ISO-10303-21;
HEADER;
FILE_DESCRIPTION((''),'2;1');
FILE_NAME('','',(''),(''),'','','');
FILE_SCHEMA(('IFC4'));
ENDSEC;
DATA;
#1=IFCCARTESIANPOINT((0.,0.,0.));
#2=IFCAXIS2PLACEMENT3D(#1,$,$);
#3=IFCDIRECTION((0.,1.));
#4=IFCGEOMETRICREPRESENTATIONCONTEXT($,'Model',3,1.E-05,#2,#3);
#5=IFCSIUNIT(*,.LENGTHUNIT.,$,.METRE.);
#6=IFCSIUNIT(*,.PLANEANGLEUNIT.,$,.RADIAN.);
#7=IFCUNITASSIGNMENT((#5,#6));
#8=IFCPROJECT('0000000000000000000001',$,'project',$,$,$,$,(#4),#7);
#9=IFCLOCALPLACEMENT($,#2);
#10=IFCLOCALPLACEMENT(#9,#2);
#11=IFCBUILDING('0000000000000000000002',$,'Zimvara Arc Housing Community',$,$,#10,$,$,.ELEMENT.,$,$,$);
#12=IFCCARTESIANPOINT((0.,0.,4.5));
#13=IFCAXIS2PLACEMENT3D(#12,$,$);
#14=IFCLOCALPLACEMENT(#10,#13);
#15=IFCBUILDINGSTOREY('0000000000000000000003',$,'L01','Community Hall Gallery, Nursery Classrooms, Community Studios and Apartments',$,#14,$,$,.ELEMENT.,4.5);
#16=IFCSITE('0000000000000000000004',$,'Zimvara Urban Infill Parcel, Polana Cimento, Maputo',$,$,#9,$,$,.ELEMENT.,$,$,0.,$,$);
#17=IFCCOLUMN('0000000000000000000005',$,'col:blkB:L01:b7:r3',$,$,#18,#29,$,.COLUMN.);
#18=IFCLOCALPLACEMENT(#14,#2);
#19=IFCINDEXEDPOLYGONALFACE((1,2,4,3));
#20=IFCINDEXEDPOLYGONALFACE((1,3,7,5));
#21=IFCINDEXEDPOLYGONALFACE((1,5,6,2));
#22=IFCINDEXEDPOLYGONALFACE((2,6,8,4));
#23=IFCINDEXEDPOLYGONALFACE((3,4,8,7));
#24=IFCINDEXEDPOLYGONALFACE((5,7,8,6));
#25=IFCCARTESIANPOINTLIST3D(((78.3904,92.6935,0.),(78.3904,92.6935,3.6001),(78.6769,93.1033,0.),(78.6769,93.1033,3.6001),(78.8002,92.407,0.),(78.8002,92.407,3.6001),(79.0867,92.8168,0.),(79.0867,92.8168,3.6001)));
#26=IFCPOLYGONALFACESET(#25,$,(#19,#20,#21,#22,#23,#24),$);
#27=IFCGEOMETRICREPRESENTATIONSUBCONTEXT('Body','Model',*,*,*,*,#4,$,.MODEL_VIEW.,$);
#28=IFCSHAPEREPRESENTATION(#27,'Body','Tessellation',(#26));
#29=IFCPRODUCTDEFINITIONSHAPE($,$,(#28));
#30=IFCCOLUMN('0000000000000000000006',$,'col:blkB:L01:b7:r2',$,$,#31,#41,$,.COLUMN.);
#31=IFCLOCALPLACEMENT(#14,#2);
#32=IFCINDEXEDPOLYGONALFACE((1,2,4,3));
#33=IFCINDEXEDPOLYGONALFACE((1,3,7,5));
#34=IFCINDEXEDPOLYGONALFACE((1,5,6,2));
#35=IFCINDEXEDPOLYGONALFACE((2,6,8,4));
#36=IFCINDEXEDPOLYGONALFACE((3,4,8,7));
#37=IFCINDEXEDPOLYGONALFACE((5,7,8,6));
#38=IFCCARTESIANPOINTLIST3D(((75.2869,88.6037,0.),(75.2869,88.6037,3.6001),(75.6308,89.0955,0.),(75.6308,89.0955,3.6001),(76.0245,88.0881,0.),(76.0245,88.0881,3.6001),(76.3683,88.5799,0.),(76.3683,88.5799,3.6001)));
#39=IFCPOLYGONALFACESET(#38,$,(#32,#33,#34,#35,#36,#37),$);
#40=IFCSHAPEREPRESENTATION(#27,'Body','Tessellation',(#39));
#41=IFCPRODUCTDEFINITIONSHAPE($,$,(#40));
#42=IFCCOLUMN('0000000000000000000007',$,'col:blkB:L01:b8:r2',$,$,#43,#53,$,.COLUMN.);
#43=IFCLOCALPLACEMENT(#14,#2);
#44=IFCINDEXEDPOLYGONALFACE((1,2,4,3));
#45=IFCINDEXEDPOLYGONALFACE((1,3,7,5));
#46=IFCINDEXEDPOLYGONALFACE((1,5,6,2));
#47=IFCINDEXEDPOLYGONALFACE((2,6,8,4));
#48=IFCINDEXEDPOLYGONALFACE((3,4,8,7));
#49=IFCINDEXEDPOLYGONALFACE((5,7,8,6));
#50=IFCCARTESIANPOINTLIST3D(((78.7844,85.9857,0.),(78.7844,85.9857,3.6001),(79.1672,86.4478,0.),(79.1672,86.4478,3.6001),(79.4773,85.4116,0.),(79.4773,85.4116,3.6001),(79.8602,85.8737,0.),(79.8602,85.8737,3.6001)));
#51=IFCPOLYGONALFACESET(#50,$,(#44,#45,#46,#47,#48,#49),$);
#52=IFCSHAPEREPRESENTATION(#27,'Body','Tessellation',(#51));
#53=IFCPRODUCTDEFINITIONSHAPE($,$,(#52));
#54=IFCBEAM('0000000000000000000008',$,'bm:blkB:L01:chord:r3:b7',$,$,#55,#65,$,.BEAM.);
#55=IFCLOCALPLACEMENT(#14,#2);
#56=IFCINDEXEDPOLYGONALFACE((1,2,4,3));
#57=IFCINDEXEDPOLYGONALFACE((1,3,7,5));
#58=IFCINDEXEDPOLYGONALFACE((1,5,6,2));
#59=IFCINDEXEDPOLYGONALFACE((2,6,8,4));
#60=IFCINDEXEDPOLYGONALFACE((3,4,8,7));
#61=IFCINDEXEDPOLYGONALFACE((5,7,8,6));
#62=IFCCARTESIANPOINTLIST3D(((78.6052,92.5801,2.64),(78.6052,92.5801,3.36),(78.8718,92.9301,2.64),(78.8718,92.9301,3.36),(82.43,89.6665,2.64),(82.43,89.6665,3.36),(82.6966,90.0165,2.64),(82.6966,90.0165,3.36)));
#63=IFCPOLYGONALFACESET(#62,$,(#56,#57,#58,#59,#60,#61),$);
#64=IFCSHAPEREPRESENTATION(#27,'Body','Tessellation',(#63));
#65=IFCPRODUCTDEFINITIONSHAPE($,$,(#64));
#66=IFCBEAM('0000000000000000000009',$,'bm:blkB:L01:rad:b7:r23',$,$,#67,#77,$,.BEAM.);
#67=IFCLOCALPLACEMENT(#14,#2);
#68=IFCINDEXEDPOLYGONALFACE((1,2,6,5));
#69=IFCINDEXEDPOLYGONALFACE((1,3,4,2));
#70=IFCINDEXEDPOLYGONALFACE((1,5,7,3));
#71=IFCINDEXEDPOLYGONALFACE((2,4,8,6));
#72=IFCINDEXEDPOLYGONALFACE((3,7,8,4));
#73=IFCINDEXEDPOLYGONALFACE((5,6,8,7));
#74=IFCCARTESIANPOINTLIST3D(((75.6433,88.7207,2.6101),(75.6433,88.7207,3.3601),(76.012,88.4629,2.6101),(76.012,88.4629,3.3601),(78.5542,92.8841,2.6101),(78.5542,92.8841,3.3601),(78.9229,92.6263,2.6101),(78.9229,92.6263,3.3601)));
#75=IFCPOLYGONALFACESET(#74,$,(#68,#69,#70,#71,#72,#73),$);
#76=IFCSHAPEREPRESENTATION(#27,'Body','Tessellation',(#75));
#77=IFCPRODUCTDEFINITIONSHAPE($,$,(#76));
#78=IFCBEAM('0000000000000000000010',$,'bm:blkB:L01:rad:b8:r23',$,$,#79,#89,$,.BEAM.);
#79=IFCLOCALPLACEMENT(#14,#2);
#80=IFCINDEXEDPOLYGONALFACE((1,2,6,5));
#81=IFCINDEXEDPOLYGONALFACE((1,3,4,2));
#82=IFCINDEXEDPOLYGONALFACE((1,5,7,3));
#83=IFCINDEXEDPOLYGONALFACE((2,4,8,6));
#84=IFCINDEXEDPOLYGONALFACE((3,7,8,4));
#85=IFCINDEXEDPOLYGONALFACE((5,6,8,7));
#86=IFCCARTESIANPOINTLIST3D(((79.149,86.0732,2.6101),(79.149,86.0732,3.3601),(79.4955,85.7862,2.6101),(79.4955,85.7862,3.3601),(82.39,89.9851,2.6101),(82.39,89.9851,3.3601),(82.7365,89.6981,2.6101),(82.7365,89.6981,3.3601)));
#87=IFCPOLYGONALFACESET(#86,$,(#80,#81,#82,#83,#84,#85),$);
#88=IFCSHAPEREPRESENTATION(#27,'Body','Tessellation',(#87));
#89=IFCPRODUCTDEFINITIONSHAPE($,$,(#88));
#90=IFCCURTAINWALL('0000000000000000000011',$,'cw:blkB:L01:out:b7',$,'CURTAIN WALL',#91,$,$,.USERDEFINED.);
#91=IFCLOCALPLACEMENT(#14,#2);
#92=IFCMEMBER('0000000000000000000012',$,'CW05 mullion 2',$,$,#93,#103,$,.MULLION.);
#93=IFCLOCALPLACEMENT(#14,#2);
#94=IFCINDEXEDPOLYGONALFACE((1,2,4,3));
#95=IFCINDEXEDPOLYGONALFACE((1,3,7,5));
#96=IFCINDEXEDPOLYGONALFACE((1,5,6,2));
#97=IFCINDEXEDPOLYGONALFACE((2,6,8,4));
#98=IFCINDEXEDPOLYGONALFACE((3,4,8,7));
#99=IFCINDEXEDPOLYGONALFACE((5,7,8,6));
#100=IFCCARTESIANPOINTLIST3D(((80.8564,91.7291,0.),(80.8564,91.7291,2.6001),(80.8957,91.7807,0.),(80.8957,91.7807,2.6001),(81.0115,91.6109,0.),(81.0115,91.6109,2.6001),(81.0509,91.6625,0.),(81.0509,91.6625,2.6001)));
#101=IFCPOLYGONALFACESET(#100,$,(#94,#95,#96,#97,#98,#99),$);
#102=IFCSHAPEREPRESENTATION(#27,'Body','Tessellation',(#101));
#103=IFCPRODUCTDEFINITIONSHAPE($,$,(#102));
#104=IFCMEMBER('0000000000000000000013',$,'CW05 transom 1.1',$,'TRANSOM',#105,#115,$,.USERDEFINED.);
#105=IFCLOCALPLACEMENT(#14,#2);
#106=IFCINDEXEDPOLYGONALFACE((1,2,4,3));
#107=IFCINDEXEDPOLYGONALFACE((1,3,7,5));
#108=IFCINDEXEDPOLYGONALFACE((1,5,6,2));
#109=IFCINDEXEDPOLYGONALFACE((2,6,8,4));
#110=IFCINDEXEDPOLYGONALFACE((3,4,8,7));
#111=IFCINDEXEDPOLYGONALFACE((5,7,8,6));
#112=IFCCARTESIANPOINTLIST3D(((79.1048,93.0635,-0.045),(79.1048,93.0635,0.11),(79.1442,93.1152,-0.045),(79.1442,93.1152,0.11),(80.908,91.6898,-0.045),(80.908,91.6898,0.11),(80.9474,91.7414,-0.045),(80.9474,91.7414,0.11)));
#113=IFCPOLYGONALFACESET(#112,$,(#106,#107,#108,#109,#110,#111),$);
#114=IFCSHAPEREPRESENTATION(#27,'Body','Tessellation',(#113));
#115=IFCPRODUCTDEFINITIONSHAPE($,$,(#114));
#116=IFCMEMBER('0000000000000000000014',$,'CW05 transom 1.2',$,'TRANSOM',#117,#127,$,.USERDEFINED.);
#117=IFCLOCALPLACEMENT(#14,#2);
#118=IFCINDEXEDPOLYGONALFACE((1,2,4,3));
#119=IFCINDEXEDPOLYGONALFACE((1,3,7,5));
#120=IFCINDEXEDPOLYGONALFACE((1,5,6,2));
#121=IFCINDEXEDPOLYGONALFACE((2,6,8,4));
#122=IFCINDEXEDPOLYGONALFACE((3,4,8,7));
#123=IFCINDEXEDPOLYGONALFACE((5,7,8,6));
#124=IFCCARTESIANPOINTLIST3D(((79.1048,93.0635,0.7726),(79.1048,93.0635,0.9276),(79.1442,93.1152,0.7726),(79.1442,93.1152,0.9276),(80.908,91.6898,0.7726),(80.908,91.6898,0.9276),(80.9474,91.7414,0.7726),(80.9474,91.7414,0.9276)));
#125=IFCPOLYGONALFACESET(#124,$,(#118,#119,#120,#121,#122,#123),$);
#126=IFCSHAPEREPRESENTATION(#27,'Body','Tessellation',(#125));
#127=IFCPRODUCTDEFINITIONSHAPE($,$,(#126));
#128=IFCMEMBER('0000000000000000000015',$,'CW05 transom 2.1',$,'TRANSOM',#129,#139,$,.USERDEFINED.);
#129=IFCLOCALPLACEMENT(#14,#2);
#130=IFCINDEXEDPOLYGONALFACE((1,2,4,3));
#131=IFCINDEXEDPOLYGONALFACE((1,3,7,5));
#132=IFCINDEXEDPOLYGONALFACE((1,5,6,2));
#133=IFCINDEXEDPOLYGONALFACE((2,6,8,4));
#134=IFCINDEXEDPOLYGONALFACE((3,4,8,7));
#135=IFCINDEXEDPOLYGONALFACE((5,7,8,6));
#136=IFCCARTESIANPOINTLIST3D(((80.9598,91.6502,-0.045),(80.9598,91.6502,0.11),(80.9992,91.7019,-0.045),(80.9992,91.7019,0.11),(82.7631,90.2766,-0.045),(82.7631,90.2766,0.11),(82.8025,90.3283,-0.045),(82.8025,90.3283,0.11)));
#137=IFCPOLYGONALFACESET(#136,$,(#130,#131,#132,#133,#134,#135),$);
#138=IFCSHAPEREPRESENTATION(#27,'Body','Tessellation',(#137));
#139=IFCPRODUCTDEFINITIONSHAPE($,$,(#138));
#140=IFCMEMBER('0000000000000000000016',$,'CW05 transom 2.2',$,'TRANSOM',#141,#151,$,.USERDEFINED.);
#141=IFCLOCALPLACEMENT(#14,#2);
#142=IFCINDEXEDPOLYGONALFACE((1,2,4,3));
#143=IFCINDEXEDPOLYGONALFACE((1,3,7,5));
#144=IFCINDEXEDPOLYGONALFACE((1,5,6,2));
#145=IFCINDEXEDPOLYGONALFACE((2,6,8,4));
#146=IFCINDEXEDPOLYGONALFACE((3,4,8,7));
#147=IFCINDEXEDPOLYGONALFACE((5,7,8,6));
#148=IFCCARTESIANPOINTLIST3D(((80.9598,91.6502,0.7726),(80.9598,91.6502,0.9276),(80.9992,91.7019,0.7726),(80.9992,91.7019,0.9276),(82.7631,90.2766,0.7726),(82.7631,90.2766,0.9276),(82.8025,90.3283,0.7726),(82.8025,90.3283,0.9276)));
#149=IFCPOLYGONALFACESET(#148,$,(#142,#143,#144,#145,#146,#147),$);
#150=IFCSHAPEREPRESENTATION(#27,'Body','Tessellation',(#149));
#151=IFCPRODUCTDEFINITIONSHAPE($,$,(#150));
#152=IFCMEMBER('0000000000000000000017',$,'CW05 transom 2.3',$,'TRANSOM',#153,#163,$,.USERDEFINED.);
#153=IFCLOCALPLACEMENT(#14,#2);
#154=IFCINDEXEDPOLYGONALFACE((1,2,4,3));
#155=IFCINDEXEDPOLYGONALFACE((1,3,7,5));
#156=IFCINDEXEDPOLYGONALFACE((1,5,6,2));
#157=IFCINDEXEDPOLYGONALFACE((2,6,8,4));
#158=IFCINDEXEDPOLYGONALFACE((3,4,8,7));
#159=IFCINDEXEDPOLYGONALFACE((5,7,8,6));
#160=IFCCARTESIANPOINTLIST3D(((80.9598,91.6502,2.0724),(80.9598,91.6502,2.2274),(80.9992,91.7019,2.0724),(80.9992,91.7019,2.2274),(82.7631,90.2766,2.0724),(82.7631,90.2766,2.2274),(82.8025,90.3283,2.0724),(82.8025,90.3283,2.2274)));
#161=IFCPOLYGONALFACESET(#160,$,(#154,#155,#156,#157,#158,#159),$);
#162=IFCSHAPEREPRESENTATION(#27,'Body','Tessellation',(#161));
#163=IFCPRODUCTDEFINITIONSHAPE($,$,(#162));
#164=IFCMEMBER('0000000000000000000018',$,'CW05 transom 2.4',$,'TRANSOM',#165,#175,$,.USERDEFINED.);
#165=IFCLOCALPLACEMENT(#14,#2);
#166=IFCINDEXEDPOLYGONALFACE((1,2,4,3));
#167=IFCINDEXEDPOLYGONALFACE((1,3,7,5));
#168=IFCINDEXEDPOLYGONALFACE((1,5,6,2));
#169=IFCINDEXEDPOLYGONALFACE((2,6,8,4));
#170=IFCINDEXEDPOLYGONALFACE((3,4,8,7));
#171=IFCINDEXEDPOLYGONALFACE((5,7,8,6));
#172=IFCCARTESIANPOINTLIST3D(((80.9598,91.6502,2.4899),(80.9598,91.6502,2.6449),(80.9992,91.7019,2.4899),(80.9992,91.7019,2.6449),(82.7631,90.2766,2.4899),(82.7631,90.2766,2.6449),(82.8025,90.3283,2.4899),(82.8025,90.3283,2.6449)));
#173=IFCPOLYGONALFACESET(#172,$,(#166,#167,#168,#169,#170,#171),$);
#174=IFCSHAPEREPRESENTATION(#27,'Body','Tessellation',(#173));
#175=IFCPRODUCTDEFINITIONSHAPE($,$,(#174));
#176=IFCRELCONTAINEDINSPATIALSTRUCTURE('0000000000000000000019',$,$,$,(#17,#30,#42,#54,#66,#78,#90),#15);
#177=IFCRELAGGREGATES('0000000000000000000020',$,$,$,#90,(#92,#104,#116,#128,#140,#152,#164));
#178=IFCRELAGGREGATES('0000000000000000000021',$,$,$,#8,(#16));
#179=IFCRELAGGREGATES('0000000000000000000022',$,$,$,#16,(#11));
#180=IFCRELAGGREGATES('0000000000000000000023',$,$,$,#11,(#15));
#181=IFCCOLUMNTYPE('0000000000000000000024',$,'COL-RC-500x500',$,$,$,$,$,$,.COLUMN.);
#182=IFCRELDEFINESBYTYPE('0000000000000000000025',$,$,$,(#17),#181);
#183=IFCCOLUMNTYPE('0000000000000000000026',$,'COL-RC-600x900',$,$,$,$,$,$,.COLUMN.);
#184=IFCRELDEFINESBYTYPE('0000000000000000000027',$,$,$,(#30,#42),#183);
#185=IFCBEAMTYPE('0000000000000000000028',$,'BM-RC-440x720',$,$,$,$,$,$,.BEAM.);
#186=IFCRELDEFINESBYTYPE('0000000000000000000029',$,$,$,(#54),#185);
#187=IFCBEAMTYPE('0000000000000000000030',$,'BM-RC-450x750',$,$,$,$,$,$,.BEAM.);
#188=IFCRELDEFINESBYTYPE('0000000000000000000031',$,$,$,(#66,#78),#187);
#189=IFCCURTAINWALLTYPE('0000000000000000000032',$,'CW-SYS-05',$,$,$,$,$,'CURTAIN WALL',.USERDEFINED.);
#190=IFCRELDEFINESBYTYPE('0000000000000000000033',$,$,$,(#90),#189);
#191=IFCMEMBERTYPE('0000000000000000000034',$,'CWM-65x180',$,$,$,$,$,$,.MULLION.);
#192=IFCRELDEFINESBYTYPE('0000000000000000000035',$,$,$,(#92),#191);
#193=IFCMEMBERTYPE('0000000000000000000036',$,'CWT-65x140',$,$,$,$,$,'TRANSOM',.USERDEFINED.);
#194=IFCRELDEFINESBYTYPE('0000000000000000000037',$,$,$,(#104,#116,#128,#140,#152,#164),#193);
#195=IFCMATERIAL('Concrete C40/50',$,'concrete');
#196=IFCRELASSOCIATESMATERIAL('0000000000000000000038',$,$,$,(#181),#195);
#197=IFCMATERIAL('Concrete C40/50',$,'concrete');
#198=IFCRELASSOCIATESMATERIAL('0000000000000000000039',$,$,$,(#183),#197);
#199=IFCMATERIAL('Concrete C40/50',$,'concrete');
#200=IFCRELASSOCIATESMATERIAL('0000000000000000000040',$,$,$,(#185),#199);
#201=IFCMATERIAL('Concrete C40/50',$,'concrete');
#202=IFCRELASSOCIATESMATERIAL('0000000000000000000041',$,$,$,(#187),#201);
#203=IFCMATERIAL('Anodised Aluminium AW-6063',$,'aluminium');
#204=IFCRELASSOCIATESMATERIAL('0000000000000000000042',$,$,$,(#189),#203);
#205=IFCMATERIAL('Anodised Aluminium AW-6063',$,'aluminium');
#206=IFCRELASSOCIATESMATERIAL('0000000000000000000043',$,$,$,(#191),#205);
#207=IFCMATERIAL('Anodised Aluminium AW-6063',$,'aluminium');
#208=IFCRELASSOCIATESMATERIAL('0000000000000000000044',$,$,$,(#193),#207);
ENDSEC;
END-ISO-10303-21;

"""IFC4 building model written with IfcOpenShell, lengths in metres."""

from ifc_helpers import new_model, si_unit, direction, frame, origin, origin_2d, place, context, subcontext, project, spatial, rectangle, extrude, material, material_profile, profile_set, type_object, element, aggregate, save


model = new_model("IFC4")

# Units and contexts
model_context = context("Model", 3, precision=1e-05, world=origin(), true_north=direction((0.0, 1.0)))
body_context = subcontext(model_context, "Body", "Model", "MODEL_VIEW")
ifc_project = project(units=[si_unit("LENGTHUNIT", "METRE"), si_unit("PLANEANGLEUNIT", "RADIAN")], contexts=[model_context])

# Site, building, storey
site_placement = place(None, origin())
site = spatial("IfcSite", under=ifc_project, at=site_placement, Name="Zimvara Urban Infill Parcel, Polana Cimento, Maputo", CompositionType="ELEMENT", RefElevation=0.0)
building_placement = place(site_placement, origin())
building = spatial("IfcBuilding", under=site, at=building_placement, Name="Zimvara Arc Housing Community", CompositionType="ELEMENT")
storey_placement = place(building_placement, frame((0.0, 0.0, 4.5)))
storey = spatial("IfcBuildingStorey", under=building, at=storey_placement, Name="L01", Description="Community Hall Gallery, Nursery Classrooms, Community Studios and Apartments", CompositionType="ELEMENT", Elevation=4.5)

# Columns
ifc_material_1 = material(Name="Concrete C40/50", Category="concrete")
ifc_material_profile_1 = material_profile(ifc_material_1, rectangle(XDim=0.5, YDim=0.5, at=origin_2d()), Name="RC 500x500")
ifc_profile_set_1 = profile_set([ifc_material_profile_1], Name="Concrete C40/50")
column_type_1 = type_object("IfcColumnType", Name="COL-RC-500x500", PredefinedType="COLUMN", material=ifc_profile_set_1)
column_placement = place(storey_placement, frame((78.7385, 92.7551, 0.0), z_axis=(0.0, 0.0, 1.0), x_axis=(0.573004, 0.819552, 0.0)))
element("IfcColumn", 1, at=column_placement, inside=storey, type_object=column_type_1, Name="col:blkB:L01:b7:r3", PredefinedType="COLUMN", context=body_context, shape_type="SweptSolid", body=[
    extrude(rectangle(XDim=0.5, YDim=0.5, at=origin_2d()), origin(), (0.0, 0.0, 1.0), 3.6001),
])
ifc_material_2 = material(Name="Concrete C40/50", Category="concrete")
ifc_material_profile_2 = material_profile(ifc_material_2, rectangle(XDim=0.6001, YDim=0.8999, at=origin_2d()), Name="RC 600x900")
ifc_profile_set_2 = profile_set([ifc_material_profile_2], Name="Concrete C40/50")
column_type_2 = type_object("IfcColumnType", Name="COL-RC-600x900", PredefinedType="COLUMN", material=ifc_profile_set_2)
for number, where, z_axis, x_axis, name in (
    (2, (75.8276, 88.5918, 0.0), (0.0, 0.0, 1.0), (0.573004, 0.819552, 0.0), "col:blkB:L01:b7:r2"),
    (3, (79.3223, 85.9297, 0.0), (0.0, 0.0, 1.0), (0.637962, 0.770068, 0.0), "col:blkB:L01:b8:r2"),
):
    element("IfcColumn", number, at=place(storey_placement, frame(where, z_axis=z_axis, x_axis=x_axis)), inside=storey, type_object=column_type_2, Name=name, PredefinedType="COLUMN", context=body_context, shape_type="SweptSolid", body=[
        extrude(rectangle(XDim=0.6001, YDim=0.8999, at=origin_2d()), origin(), (0.0, 0.0, 1.0), 3.6001),
    ])

# Beams
ifc_material_3 = material(Name="Concrete C40/50", Category="concrete")
ifc_material_profile_3 = material_profile(ifc_material_3, rectangle(XDim=0.4399, YDim=0.72, at=origin_2d()), Name="RC 440x720")
ifc_profile_set_3 = profile_set([ifc_material_profile_3], Name="Concrete C40/50")
beam_type_1 = type_object("IfcBeamType", Name="BM-RC-440x720", PredefinedType="BEAM", material=ifc_profile_set_3)
beam_placement = place(storey_placement, frame((78.7385, 92.7551, 3.0), z_axis=(0.795481, -0.605979, 0.0), x_axis=(0.605979, 0.795481, 0.0)))
element("IfcBeam", 4, at=beam_placement, inside=storey, type_object=beam_type_1, Name="bm:blkB:L01:chord:r3:b7", PredefinedType="BEAM", context=body_context, shape_type="SweptSolid", body=[
    extrude(rectangle(XDim=0.4399, YDim=0.72, at=origin_2d()), origin(), (0.0, 0.0, 1.0), 4.8081),
])
ifc_material_4 = material(Name="Concrete C40/50", Category="concrete")
ifc_material_profile_4 = material_profile(ifc_material_4, rectangle(XDim=0.45, YDim=0.75, at=origin_2d()), Name="RC 450x750")
ifc_profile_set_4 = profile_set([ifc_material_profile_4], Name="Concrete C40/50")
beam_type_2 = type_object("IfcBeamType", Name="BM-RC-450x750", PredefinedType="BEAM", material=ifc_profile_set_4)
for number, where, z_axis, x_axis, name in (
    (5, (75.8276, 88.5918, 2.9851), (0.573007, 0.81955, 0.0), (-0.81955, 0.573007, 0.0), "bm:blkB:L01:rad:b7:r23"),
    (6, (79.3223, 85.9297, 2.9851), (0.637984, 0.77005, 0.0), (-0.77005, 0.637984, 0.0), "bm:blkB:L01:rad:b8:r23"),
):
    element("IfcBeam", number, at=place(storey_placement, frame(where, z_axis=z_axis, x_axis=x_axis)), inside=storey, type_object=beam_type_2, Name=name, PredefinedType="BEAM", context=body_context, shape_type="SweptSolid", body=[
        extrude(rectangle(XDim=0.45, YDim=0.75, at=origin_2d()), origin(), (0.0, 0.0, 1.0), 5.0801),
    ])

# Curtain wall, members
ifc_material_5 = material(Name="Anodised Aluminium AW-6063", Category="aluminium")
curtain_wall_type = type_object("IfcCurtainWallType", Name="CW-SYS-05", ElementType="CURTAIN WALL", PredefinedType="USERDEFINED", material=ifc_material_5)
curtain_wall_placement = place(storey_placement, origin())
curtain_wall = element("IfcCurtainWall", 7, at=curtain_wall_placement, inside=storey, type_object=curtain_wall_type, Name="cw:blkB:L01:out:b7", ObjectType="CURTAIN WALL", PredefinedType="USERDEFINED")
ifc_material_6 = material(Name="Anodised Aluminium AW-6063", Category="aluminium")
ifc_material_profile_5 = material_profile(ifc_material_6, rectangle(XDim=0.0649, YDim=0.1951, at=origin_2d()), Name="ALU 65x195")
ifc_profile_set_5 = profile_set([ifc_material_profile_5], Name="Anodised Aluminium AW-6063")
member_type_1 = type_object("IfcMemberType", Name="CWM-65x180", PredefinedType="MULLION", material=ifc_profile_set_5)
member_1_placement = place(storey_placement, frame((80.9536, 91.6958, 0.0), z_axis=(0.0, 0.0, 1.0), x_axis=(0.605988, 0.795474, 0.0)))
member_1 = element("IfcMember", 8, at=member_1_placement, type_object=member_type_1, Name="CW05 mullion 2", PredefinedType="MULLION", context=body_context, shape_type="SweptSolid", body=[
    extrude(rectangle(XDim=0.0649, YDim=0.1951, at=origin_2d()), origin(), (0.0, 0.0, 1.0), 2.6001),
])
ifc_material_7 = material(Name="Anodised Aluminium AW-6063", Category="aluminium")
ifc_material_profile_6 = material_profile(ifc_material_7, rectangle(XDim=0.0649, YDim=0.155, at=origin_2d()), Name="ALU 65x155")
ifc_profile_set_6 = profile_set([ifc_material_profile_6], Name="Anodised Aluminium AW-6063")
member_type_2 = type_object("IfcMemberType", Name="CWT-65x140", ElementType="TRANSOM", PredefinedType="USERDEFINED", material=ifc_profile_set_6)
member_2_placement = place(storey_placement, frame((79.1245, 93.0894, 0.0325), z_axis=(0.795454, -0.606014, 0.0), x_axis=(0.606014, 0.795454, 0.0)))
member_2 = element("IfcMember", 9, at=member_2_placement, type_object=member_type_2, Name="CW05 transom 1.1", ObjectType="TRANSOM", PredefinedType="USERDEFINED", context=body_context, shape_type="SweptSolid", body=[
    extrude(rectangle(XDim=0.0649, YDim=0.155, at=origin_2d()), origin(), (0.0, 0.0, 1.0), 2.2668),
])
member_3_placement = place(storey_placement, frame((79.1245, 93.0894, 0.8501), z_axis=(0.795454, -0.606014, 0.0), x_axis=(0.606014, 0.795454, 0.0)))
member_3 = element("IfcMember", 10, at=member_3_placement, type_object=member_type_2, Name="CW05 transom 1.2", ObjectType="TRANSOM", PredefinedType="USERDEFINED", context=body_context, shape_type="SweptSolid", body=[
    extrude(rectangle(XDim=0.0649, YDim=0.155, at=origin_2d()), origin(), (0.0, 0.0, 1.0), 2.2668),
])
member_4_placement = place(storey_placement, frame((80.9795, 91.676, 0.0325), z_axis=(0.795506, -0.605946, 0.0), x_axis=(0.605946, 0.795506, 0.0)))
member_4 = element("IfcMember", 11, at=member_4_placement, type_object=member_type_2, Name="CW05 transom 2.1", ObjectType="TRANSOM", PredefinedType="USERDEFINED", context=body_context, shape_type="SweptSolid", body=[
    extrude(rectangle(XDim=0.0649, YDim=0.155, at=origin_2d()), origin(), (0.0, 0.0, 1.0), 2.2668),
])
member_5_placement = place(storey_placement, frame((80.9795, 91.676, 0.8501), z_axis=(0.795506, -0.605946, 0.0), x_axis=(0.605946, 0.795506, 0.0)))
member_5 = element("IfcMember", 12, at=member_5_placement, type_object=member_type_2, Name="CW05 transom 2.2", ObjectType="TRANSOM", PredefinedType="USERDEFINED", context=body_context, shape_type="SweptSolid", body=[
    extrude(rectangle(XDim=0.0649, YDim=0.155, at=origin_2d()), origin(), (0.0, 0.0, 1.0), 2.2668),
])
member_6_placement = place(storey_placement, frame((80.9795, 91.676, 2.1499), z_axis=(0.795506, -0.605946, 0.0), x_axis=(0.605946, 0.795506, 0.0)))
member_6 = element("IfcMember", 13, at=member_6_placement, type_object=member_type_2, Name="CW05 transom 2.3", ObjectType="TRANSOM", PredefinedType="USERDEFINED", context=body_context, shape_type="SweptSolid", body=[
    extrude(rectangle(XDim=0.0649, YDim=0.155, at=origin_2d()), origin(), (0.0, 0.0, 1.0), 2.2668),
])
member_7_placement = place(storey_placement, frame((80.9795, 91.676, 2.5674), z_axis=(0.795506, -0.605946, 0.0), x_axis=(0.605946, 0.795506, 0.0)))
member_7 = element("IfcMember", 14, at=member_7_placement, type_object=member_type_2, Name="CW05 transom 2.4", ObjectType="TRANSOM", PredefinedType="USERDEFINED", context=body_context, shape_type="SweptSolid", body=[
    extrude(rectangle(XDim=0.0649, YDim=0.155, at=origin_2d()), origin(), (0.0, 0.0, 1.0), 2.2668),
])
aggregate(curtain_wall, [member_1, member_2, member_3, member_4, member_5, member_6, member_7])

save(model, "model.ifc")
